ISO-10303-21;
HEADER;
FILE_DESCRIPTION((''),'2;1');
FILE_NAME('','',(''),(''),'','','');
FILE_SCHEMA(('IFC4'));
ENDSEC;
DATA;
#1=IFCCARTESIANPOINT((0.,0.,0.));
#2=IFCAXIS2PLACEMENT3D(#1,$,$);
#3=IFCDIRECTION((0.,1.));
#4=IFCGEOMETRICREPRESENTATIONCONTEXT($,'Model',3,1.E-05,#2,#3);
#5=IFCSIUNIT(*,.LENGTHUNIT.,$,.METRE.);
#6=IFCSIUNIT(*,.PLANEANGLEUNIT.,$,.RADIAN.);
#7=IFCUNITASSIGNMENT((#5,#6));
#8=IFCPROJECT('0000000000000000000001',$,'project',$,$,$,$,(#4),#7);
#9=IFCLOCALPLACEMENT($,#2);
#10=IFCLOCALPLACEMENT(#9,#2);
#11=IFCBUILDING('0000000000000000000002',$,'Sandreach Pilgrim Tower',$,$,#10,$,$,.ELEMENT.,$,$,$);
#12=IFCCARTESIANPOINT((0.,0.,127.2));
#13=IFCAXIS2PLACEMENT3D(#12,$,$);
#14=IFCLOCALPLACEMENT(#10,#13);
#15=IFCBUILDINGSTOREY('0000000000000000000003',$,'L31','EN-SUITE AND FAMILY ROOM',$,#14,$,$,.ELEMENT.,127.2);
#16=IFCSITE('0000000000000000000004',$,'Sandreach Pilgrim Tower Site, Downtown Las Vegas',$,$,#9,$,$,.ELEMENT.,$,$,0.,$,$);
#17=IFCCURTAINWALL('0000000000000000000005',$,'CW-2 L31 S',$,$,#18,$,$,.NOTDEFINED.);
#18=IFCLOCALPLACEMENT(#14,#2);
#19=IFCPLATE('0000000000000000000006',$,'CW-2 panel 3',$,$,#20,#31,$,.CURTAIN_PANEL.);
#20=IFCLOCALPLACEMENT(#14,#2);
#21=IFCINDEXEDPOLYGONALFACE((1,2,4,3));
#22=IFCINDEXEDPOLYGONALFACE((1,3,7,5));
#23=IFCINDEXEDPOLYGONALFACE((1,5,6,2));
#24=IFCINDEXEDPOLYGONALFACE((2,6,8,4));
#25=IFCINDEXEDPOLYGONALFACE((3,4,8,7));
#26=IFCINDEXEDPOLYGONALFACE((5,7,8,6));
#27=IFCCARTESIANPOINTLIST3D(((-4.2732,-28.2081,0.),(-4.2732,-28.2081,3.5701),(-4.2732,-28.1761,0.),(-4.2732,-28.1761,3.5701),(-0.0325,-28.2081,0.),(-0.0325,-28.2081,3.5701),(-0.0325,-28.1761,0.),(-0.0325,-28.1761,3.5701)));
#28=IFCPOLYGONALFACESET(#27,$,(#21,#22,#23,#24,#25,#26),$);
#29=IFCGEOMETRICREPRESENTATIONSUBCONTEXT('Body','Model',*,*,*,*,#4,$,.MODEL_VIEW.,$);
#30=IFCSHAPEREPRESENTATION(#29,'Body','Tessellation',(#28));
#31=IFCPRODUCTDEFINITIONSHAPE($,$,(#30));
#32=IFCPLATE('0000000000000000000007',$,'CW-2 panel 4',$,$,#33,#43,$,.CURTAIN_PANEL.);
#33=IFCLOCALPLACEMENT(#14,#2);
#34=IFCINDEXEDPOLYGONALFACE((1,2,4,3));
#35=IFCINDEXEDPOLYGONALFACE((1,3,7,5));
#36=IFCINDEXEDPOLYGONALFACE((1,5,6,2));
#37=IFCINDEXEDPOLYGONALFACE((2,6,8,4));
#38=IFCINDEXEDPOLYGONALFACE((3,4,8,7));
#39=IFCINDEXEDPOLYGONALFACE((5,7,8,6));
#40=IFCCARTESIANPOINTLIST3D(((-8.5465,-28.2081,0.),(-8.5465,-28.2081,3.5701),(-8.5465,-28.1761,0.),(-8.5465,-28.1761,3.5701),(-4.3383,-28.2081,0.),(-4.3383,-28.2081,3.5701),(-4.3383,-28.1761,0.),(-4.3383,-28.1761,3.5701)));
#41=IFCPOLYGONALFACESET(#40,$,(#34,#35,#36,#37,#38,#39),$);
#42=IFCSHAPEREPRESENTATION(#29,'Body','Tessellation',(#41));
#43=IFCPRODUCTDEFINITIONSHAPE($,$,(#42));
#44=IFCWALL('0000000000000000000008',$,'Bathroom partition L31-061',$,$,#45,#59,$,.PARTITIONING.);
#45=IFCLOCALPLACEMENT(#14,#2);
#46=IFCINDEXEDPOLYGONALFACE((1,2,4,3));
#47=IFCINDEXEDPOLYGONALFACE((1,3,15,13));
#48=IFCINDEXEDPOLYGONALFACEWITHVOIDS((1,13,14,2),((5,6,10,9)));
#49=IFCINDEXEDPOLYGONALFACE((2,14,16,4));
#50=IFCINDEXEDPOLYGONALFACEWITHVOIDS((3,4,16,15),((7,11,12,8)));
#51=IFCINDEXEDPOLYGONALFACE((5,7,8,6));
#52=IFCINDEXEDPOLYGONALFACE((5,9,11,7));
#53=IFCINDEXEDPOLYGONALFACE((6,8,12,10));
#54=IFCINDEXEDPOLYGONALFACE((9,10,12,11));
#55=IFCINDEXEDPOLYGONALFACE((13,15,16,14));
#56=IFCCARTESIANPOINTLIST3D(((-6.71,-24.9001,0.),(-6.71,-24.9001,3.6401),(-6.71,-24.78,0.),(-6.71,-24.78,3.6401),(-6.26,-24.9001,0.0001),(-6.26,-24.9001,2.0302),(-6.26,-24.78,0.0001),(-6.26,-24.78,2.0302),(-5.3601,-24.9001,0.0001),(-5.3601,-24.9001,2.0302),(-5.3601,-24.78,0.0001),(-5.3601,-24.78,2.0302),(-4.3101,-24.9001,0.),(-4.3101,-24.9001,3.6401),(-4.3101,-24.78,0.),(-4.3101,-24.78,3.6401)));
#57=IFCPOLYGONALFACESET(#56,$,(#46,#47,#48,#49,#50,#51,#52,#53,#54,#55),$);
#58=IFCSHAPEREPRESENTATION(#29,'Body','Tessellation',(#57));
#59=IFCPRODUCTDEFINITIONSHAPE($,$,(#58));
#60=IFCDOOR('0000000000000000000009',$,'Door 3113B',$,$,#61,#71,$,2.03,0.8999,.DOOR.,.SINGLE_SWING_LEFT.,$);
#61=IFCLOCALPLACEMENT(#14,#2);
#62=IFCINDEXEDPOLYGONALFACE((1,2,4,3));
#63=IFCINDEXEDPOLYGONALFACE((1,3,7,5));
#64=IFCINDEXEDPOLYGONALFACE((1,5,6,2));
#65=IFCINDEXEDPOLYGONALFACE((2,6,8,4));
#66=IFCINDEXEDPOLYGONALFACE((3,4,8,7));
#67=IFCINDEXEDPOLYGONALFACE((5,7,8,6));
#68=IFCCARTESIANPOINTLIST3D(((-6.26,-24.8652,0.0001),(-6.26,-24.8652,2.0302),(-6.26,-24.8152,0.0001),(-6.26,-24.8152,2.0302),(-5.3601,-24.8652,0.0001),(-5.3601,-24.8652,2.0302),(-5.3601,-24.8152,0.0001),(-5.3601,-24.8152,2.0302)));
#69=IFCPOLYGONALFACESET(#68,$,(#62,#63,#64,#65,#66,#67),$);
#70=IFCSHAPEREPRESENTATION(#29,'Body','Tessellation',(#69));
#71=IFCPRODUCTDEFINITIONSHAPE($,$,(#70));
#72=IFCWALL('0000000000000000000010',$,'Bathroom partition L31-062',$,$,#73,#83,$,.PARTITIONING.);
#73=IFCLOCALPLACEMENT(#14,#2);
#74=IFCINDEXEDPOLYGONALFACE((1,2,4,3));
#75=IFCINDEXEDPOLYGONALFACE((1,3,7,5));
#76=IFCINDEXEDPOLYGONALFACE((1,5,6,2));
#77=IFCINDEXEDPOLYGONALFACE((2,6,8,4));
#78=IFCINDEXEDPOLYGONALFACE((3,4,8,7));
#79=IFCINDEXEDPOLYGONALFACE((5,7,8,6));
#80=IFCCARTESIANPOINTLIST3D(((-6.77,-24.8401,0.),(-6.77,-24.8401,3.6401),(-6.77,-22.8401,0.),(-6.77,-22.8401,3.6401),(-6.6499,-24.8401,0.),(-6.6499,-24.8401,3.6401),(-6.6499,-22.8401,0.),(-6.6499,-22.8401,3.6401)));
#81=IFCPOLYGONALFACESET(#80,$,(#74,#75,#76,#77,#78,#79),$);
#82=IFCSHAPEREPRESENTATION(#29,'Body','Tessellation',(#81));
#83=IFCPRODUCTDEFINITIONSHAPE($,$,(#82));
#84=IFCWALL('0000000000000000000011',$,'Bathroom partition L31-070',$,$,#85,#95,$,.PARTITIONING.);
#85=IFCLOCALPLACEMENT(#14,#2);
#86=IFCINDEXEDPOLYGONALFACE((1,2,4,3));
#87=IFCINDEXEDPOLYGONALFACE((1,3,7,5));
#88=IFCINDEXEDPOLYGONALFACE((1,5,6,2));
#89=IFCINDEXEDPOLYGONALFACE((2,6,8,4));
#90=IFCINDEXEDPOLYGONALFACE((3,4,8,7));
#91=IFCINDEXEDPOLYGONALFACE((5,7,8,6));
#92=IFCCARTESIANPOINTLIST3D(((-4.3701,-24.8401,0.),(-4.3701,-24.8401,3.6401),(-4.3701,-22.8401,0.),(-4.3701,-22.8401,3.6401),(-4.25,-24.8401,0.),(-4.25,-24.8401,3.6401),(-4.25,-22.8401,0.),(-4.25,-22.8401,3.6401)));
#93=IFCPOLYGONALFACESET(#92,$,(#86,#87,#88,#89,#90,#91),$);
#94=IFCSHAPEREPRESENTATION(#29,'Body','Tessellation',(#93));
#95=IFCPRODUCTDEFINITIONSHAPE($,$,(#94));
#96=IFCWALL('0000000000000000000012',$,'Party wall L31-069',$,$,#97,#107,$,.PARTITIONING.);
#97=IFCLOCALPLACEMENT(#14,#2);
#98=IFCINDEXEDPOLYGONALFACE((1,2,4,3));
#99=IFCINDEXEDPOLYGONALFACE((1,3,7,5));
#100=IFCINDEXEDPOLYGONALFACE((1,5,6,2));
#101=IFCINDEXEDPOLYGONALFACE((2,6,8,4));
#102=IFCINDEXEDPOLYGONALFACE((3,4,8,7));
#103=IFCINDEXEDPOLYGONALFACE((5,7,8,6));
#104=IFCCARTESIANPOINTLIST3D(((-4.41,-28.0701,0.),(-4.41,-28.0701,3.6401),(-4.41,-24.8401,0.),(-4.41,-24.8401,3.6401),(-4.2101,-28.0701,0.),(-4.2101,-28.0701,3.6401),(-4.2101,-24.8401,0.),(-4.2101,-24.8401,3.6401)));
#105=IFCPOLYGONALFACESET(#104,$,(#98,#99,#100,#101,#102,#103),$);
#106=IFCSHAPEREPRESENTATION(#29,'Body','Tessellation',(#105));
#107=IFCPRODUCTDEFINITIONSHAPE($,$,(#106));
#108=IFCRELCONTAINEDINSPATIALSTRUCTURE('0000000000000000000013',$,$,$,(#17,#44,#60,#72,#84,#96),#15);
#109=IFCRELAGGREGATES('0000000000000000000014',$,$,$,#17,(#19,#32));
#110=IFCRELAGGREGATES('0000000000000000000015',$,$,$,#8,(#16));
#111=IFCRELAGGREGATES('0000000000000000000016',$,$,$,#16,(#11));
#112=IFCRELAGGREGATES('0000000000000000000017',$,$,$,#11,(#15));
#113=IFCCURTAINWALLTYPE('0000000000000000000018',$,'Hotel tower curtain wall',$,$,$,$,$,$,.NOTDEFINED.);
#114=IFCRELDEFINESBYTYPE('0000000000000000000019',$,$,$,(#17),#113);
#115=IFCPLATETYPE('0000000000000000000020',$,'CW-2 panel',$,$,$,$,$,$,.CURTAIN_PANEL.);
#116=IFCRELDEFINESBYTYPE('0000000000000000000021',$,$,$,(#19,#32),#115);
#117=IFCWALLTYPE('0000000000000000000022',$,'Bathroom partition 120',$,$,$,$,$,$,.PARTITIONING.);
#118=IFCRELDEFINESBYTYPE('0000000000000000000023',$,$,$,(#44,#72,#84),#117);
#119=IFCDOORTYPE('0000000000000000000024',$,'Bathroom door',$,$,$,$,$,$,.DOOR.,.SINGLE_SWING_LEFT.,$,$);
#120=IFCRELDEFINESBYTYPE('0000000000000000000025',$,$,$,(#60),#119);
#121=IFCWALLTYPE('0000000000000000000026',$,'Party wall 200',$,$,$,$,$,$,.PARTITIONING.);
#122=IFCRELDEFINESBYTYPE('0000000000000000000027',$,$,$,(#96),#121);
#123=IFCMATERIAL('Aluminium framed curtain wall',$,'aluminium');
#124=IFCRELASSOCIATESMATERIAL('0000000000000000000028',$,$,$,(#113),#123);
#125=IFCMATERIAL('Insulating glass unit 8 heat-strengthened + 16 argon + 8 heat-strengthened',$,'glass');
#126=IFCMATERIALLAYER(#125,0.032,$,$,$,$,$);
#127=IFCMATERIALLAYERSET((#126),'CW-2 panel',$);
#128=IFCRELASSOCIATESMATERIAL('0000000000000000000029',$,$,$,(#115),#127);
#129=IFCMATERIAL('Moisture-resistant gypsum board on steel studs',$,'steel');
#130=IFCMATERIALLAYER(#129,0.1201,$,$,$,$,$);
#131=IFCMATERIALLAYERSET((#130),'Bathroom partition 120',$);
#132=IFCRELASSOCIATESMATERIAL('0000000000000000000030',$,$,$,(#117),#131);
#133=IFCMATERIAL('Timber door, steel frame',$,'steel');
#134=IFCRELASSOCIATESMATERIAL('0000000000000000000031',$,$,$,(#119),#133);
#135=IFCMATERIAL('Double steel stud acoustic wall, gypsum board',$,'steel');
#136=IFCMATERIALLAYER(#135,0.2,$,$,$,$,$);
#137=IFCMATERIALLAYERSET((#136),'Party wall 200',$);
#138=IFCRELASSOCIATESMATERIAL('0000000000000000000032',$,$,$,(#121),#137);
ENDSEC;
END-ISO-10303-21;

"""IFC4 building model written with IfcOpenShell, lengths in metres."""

from ifc_helpers import new_model, si_unit, direction, frame, frame_2d, origin, origin_2d, place, context, subcontext, project, spatial, rectangle, extrude, material, layer, layer_set, type_object, element, fill, aggregate, save


model = new_model("IFC4")

# Units and contexts
model_context = context("Model", 3, precision=1e-05, world=origin(), true_north=direction((0.0, 1.0)))
body_context = subcontext(model_context, "Body", "Model", "MODEL_VIEW")
ifc_project = project(units=[si_unit("LENGTHUNIT", "METRE"), si_unit("PLANEANGLEUNIT", "RADIAN")], contexts=[model_context])

# Site, building, storey
site_placement = place(None, origin())
site = spatial("IfcSite", under=ifc_project, at=site_placement, Name="Sandreach Pilgrim Tower Site, Downtown Las Vegas", CompositionType="ELEMENT", RefElevation=0.0)
building_placement = place(site_placement, origin())
building = spatial("IfcBuilding", under=site, at=building_placement, Name="Sandreach Pilgrim Tower", CompositionType="ELEMENT")
storey_placement = place(building_placement, frame((0.0, 0.0, 127.2)))
storey = spatial("IfcBuildingStorey", under=building, at=storey_placement, Name="L31", Description="EN-SUITE AND FAMILY ROOM", CompositionType="ELEMENT", Elevation=127.2)

# Curtain wall
ifc_material_1 = material(Name="Aluminium framed curtain wall", Category="aluminium")
curtain_wall_type = type_object("IfcCurtainWallType", Name="Hotel tower curtain wall", PredefinedType="NOTDEFINED", material=ifc_material_1)
curtain_wall_placement = place(storey_placement, origin())
curtain_wall = element("IfcCurtainWall", 1, at=curtain_wall_placement, inside=storey, type_object=curtain_wall_type, Name="CW-2 L31 S", PredefinedType="NOTDEFINED")

# Plates
ifc_material_2 = material(Name="Insulating glass unit 8 heat-strengthened + 16 argon + 8 heat-strengthened", Category="glass")
ifc_layer_1 = layer(ifc_material_2, 0.032)
ifc_layer_set_1 = layer_set([ifc_layer_1], Name="CW-2 panel")
plate_type = type_object("IfcPlateType", Name="CW-2 panel", PredefinedType="CURTAIN_PANEL", material=ifc_layer_set_1)
plate_1_placement = place(storey_placement, frame((-2.1528, -28.1921, 0.0), z_axis=(0.0, 0.0, 1.0), x_axis=(-1.0, 0.0, 0.0)))
plate_1 = element("IfcPlate", 2, at=plate_1_placement, type_object=plate_type, Name="CW-2 panel 3", PredefinedType="CURTAIN_PANEL", context=body_context, shape_type="SweptSolid", body=[
    extrude(rectangle(XDim=4.2407, YDim=0.032, at=origin_2d()), origin(), (0.0, 0.0, 1.0), 3.5701),
])
plate_2_placement = place(storey_placement, frame((-6.4424, -28.1921, 0.0), z_axis=(0.0, 0.0, 1.0), x_axis=(-1.0, 0.0, 0.0)))
plate_2 = element("IfcPlate", 3, at=plate_2_placement, type_object=plate_type, Name="CW-2 panel 4", PredefinedType="CURTAIN_PANEL", context=body_context, shape_type="SweptSolid", body=[
    extrude(rectangle(XDim=4.2083, YDim=0.032, at=origin_2d()), origin(), (0.0, 0.0, 1.0), 3.5701),
])
aggregate(curtain_wall, [plate_1, plate_2])

# Wall, opening, door
ifc_material_3 = material(Name="Moisture-resistant gypsum board on steel studs", Category="steel")
ifc_layer_2 = layer(ifc_material_3, 0.1201)
ifc_layer_set_2 = layer_set([ifc_layer_2], Name="Bathroom partition 120")
wall_type_1 = type_object("IfcWallType", Name="Bathroom partition 120", PredefinedType="PARTITIONING", material=ifc_layer_set_2)
wall_1_placement = place(storey_placement, frame((-6.71, -24.8401, 0.0), z_axis=(0.0, 0.0, 1.0), x_axis=(1.0, 0.0, 0.0)))
wall_1 = element("IfcWall", 4, at=wall_1_placement, inside=storey, type_object=wall_type_1, Name="Bathroom partition L31-061", PredefinedType="PARTITIONING", context=body_context, shape_type="SweptSolid", body=[
    extrude(rectangle(XDim=2.3999, YDim=0.1201, at=frame_2d((1.2, 0.0))), origin(), (0.0, 0.0, 1.0), 3.6401),
])
opening_placement = place(wall_1_placement, frame((0.45, 0.0, 0.0)))
opening = element("IfcOpeningElement", 5, at=opening_placement, cuts=wall_1, PredefinedType="OPENING", context=body_context, shape_type="SweptSolid", body=[
    extrude(rectangle(XDim=0.8999, YDim=2.03, at=frame_2d((0.45, 1.0151))), frame((0.0, 0.0601, 0.0), z_axis=(0.0, -1.0, 0.0), x_axis=(1.0, 0.0, 0.0)), (0.0, 0.0, 1.0), 0.1201),
])
ifc_material_4 = material(Name="Timber door, steel frame", Category="steel")
door_type = type_object("IfcDoorType", Name="Bathroom door", OperationType="SINGLE_SWING_LEFT", PredefinedType="DOOR", material=ifc_material_4)
door_placement = place(opening_placement, origin())
door = element("IfcDoor", 6, at=door_placement, inside=storey, type_object=door_type, Name="Door 3113B", OperationType="SINGLE_SWING_LEFT", OverallHeight=2.03, OverallWidth=0.8999, PredefinedType="DOOR", context=body_context, shape_type="SweptSolid", body=[
    extrude(rectangle(XDim=0.8999, YDim=2.03, at=frame_2d((0.45, 1.0151))), frame((0.0, 0.0249, 0.0), z_axis=(0.0, -1.0, 0.0), x_axis=(1.0, 0.0, 0.0)), (0.0, 0.0, 1.0), 0.05),
])
fill(opening, door)

# Walls
for number, where, z_axis, x_axis, name in (
    (7, (-6.71, -22.8401, 0.0), (0.0, 0.0, 1.0), (0.0, -1.0, 0.0), "Bathroom partition L31-062"),
    (8, (-4.3101, -24.8401, 0.0), (0.0, 0.0, 1.0), (0.0, 1.0, 0.0), "Bathroom partition L31-070"),
):
    element("IfcWall", number, at=place(storey_placement, frame(where, z_axis=z_axis, x_axis=x_axis)), inside=storey, type_object=wall_type_1, Name=name, PredefinedType="PARTITIONING", context=body_context, shape_type="SweptSolid", body=[
        extrude(rectangle(XDim=2.0, YDim=0.1201, at=frame_2d((1.0, 0.0))), origin(), (0.0, 0.0, 1.0), 3.6401),
    ])
ifc_material_5 = material(Name="Double steel stud acoustic wall, gypsum board", Category="steel")
ifc_layer_3 = layer(ifc_material_5, 0.2)
ifc_layer_set_3 = layer_set([ifc_layer_3], Name="Party wall 200")
wall_type_2 = type_object("IfcWallType", Name="Party wall 200", PredefinedType="PARTITIONING", material=ifc_layer_set_3)
wall_2_placement = place(storey_placement, frame((-4.3101, -28.0701, 0.0), z_axis=(0.0, 0.0, 1.0), x_axis=(0.0, 1.0, 0.0)))
element("IfcWall", 9, at=wall_2_placement, inside=storey, type_object=wall_type_2, Name="Party wall L31-069", PredefinedType="PARTITIONING", context=body_context, shape_type="SweptSolid", body=[
    extrude(rectangle(XDim=3.23, YDim=0.2, at=frame_2d((1.615, 0.0))), origin(), (0.0, 0.0, 1.0), 3.6401),
])

save(model, "model.ifc")
